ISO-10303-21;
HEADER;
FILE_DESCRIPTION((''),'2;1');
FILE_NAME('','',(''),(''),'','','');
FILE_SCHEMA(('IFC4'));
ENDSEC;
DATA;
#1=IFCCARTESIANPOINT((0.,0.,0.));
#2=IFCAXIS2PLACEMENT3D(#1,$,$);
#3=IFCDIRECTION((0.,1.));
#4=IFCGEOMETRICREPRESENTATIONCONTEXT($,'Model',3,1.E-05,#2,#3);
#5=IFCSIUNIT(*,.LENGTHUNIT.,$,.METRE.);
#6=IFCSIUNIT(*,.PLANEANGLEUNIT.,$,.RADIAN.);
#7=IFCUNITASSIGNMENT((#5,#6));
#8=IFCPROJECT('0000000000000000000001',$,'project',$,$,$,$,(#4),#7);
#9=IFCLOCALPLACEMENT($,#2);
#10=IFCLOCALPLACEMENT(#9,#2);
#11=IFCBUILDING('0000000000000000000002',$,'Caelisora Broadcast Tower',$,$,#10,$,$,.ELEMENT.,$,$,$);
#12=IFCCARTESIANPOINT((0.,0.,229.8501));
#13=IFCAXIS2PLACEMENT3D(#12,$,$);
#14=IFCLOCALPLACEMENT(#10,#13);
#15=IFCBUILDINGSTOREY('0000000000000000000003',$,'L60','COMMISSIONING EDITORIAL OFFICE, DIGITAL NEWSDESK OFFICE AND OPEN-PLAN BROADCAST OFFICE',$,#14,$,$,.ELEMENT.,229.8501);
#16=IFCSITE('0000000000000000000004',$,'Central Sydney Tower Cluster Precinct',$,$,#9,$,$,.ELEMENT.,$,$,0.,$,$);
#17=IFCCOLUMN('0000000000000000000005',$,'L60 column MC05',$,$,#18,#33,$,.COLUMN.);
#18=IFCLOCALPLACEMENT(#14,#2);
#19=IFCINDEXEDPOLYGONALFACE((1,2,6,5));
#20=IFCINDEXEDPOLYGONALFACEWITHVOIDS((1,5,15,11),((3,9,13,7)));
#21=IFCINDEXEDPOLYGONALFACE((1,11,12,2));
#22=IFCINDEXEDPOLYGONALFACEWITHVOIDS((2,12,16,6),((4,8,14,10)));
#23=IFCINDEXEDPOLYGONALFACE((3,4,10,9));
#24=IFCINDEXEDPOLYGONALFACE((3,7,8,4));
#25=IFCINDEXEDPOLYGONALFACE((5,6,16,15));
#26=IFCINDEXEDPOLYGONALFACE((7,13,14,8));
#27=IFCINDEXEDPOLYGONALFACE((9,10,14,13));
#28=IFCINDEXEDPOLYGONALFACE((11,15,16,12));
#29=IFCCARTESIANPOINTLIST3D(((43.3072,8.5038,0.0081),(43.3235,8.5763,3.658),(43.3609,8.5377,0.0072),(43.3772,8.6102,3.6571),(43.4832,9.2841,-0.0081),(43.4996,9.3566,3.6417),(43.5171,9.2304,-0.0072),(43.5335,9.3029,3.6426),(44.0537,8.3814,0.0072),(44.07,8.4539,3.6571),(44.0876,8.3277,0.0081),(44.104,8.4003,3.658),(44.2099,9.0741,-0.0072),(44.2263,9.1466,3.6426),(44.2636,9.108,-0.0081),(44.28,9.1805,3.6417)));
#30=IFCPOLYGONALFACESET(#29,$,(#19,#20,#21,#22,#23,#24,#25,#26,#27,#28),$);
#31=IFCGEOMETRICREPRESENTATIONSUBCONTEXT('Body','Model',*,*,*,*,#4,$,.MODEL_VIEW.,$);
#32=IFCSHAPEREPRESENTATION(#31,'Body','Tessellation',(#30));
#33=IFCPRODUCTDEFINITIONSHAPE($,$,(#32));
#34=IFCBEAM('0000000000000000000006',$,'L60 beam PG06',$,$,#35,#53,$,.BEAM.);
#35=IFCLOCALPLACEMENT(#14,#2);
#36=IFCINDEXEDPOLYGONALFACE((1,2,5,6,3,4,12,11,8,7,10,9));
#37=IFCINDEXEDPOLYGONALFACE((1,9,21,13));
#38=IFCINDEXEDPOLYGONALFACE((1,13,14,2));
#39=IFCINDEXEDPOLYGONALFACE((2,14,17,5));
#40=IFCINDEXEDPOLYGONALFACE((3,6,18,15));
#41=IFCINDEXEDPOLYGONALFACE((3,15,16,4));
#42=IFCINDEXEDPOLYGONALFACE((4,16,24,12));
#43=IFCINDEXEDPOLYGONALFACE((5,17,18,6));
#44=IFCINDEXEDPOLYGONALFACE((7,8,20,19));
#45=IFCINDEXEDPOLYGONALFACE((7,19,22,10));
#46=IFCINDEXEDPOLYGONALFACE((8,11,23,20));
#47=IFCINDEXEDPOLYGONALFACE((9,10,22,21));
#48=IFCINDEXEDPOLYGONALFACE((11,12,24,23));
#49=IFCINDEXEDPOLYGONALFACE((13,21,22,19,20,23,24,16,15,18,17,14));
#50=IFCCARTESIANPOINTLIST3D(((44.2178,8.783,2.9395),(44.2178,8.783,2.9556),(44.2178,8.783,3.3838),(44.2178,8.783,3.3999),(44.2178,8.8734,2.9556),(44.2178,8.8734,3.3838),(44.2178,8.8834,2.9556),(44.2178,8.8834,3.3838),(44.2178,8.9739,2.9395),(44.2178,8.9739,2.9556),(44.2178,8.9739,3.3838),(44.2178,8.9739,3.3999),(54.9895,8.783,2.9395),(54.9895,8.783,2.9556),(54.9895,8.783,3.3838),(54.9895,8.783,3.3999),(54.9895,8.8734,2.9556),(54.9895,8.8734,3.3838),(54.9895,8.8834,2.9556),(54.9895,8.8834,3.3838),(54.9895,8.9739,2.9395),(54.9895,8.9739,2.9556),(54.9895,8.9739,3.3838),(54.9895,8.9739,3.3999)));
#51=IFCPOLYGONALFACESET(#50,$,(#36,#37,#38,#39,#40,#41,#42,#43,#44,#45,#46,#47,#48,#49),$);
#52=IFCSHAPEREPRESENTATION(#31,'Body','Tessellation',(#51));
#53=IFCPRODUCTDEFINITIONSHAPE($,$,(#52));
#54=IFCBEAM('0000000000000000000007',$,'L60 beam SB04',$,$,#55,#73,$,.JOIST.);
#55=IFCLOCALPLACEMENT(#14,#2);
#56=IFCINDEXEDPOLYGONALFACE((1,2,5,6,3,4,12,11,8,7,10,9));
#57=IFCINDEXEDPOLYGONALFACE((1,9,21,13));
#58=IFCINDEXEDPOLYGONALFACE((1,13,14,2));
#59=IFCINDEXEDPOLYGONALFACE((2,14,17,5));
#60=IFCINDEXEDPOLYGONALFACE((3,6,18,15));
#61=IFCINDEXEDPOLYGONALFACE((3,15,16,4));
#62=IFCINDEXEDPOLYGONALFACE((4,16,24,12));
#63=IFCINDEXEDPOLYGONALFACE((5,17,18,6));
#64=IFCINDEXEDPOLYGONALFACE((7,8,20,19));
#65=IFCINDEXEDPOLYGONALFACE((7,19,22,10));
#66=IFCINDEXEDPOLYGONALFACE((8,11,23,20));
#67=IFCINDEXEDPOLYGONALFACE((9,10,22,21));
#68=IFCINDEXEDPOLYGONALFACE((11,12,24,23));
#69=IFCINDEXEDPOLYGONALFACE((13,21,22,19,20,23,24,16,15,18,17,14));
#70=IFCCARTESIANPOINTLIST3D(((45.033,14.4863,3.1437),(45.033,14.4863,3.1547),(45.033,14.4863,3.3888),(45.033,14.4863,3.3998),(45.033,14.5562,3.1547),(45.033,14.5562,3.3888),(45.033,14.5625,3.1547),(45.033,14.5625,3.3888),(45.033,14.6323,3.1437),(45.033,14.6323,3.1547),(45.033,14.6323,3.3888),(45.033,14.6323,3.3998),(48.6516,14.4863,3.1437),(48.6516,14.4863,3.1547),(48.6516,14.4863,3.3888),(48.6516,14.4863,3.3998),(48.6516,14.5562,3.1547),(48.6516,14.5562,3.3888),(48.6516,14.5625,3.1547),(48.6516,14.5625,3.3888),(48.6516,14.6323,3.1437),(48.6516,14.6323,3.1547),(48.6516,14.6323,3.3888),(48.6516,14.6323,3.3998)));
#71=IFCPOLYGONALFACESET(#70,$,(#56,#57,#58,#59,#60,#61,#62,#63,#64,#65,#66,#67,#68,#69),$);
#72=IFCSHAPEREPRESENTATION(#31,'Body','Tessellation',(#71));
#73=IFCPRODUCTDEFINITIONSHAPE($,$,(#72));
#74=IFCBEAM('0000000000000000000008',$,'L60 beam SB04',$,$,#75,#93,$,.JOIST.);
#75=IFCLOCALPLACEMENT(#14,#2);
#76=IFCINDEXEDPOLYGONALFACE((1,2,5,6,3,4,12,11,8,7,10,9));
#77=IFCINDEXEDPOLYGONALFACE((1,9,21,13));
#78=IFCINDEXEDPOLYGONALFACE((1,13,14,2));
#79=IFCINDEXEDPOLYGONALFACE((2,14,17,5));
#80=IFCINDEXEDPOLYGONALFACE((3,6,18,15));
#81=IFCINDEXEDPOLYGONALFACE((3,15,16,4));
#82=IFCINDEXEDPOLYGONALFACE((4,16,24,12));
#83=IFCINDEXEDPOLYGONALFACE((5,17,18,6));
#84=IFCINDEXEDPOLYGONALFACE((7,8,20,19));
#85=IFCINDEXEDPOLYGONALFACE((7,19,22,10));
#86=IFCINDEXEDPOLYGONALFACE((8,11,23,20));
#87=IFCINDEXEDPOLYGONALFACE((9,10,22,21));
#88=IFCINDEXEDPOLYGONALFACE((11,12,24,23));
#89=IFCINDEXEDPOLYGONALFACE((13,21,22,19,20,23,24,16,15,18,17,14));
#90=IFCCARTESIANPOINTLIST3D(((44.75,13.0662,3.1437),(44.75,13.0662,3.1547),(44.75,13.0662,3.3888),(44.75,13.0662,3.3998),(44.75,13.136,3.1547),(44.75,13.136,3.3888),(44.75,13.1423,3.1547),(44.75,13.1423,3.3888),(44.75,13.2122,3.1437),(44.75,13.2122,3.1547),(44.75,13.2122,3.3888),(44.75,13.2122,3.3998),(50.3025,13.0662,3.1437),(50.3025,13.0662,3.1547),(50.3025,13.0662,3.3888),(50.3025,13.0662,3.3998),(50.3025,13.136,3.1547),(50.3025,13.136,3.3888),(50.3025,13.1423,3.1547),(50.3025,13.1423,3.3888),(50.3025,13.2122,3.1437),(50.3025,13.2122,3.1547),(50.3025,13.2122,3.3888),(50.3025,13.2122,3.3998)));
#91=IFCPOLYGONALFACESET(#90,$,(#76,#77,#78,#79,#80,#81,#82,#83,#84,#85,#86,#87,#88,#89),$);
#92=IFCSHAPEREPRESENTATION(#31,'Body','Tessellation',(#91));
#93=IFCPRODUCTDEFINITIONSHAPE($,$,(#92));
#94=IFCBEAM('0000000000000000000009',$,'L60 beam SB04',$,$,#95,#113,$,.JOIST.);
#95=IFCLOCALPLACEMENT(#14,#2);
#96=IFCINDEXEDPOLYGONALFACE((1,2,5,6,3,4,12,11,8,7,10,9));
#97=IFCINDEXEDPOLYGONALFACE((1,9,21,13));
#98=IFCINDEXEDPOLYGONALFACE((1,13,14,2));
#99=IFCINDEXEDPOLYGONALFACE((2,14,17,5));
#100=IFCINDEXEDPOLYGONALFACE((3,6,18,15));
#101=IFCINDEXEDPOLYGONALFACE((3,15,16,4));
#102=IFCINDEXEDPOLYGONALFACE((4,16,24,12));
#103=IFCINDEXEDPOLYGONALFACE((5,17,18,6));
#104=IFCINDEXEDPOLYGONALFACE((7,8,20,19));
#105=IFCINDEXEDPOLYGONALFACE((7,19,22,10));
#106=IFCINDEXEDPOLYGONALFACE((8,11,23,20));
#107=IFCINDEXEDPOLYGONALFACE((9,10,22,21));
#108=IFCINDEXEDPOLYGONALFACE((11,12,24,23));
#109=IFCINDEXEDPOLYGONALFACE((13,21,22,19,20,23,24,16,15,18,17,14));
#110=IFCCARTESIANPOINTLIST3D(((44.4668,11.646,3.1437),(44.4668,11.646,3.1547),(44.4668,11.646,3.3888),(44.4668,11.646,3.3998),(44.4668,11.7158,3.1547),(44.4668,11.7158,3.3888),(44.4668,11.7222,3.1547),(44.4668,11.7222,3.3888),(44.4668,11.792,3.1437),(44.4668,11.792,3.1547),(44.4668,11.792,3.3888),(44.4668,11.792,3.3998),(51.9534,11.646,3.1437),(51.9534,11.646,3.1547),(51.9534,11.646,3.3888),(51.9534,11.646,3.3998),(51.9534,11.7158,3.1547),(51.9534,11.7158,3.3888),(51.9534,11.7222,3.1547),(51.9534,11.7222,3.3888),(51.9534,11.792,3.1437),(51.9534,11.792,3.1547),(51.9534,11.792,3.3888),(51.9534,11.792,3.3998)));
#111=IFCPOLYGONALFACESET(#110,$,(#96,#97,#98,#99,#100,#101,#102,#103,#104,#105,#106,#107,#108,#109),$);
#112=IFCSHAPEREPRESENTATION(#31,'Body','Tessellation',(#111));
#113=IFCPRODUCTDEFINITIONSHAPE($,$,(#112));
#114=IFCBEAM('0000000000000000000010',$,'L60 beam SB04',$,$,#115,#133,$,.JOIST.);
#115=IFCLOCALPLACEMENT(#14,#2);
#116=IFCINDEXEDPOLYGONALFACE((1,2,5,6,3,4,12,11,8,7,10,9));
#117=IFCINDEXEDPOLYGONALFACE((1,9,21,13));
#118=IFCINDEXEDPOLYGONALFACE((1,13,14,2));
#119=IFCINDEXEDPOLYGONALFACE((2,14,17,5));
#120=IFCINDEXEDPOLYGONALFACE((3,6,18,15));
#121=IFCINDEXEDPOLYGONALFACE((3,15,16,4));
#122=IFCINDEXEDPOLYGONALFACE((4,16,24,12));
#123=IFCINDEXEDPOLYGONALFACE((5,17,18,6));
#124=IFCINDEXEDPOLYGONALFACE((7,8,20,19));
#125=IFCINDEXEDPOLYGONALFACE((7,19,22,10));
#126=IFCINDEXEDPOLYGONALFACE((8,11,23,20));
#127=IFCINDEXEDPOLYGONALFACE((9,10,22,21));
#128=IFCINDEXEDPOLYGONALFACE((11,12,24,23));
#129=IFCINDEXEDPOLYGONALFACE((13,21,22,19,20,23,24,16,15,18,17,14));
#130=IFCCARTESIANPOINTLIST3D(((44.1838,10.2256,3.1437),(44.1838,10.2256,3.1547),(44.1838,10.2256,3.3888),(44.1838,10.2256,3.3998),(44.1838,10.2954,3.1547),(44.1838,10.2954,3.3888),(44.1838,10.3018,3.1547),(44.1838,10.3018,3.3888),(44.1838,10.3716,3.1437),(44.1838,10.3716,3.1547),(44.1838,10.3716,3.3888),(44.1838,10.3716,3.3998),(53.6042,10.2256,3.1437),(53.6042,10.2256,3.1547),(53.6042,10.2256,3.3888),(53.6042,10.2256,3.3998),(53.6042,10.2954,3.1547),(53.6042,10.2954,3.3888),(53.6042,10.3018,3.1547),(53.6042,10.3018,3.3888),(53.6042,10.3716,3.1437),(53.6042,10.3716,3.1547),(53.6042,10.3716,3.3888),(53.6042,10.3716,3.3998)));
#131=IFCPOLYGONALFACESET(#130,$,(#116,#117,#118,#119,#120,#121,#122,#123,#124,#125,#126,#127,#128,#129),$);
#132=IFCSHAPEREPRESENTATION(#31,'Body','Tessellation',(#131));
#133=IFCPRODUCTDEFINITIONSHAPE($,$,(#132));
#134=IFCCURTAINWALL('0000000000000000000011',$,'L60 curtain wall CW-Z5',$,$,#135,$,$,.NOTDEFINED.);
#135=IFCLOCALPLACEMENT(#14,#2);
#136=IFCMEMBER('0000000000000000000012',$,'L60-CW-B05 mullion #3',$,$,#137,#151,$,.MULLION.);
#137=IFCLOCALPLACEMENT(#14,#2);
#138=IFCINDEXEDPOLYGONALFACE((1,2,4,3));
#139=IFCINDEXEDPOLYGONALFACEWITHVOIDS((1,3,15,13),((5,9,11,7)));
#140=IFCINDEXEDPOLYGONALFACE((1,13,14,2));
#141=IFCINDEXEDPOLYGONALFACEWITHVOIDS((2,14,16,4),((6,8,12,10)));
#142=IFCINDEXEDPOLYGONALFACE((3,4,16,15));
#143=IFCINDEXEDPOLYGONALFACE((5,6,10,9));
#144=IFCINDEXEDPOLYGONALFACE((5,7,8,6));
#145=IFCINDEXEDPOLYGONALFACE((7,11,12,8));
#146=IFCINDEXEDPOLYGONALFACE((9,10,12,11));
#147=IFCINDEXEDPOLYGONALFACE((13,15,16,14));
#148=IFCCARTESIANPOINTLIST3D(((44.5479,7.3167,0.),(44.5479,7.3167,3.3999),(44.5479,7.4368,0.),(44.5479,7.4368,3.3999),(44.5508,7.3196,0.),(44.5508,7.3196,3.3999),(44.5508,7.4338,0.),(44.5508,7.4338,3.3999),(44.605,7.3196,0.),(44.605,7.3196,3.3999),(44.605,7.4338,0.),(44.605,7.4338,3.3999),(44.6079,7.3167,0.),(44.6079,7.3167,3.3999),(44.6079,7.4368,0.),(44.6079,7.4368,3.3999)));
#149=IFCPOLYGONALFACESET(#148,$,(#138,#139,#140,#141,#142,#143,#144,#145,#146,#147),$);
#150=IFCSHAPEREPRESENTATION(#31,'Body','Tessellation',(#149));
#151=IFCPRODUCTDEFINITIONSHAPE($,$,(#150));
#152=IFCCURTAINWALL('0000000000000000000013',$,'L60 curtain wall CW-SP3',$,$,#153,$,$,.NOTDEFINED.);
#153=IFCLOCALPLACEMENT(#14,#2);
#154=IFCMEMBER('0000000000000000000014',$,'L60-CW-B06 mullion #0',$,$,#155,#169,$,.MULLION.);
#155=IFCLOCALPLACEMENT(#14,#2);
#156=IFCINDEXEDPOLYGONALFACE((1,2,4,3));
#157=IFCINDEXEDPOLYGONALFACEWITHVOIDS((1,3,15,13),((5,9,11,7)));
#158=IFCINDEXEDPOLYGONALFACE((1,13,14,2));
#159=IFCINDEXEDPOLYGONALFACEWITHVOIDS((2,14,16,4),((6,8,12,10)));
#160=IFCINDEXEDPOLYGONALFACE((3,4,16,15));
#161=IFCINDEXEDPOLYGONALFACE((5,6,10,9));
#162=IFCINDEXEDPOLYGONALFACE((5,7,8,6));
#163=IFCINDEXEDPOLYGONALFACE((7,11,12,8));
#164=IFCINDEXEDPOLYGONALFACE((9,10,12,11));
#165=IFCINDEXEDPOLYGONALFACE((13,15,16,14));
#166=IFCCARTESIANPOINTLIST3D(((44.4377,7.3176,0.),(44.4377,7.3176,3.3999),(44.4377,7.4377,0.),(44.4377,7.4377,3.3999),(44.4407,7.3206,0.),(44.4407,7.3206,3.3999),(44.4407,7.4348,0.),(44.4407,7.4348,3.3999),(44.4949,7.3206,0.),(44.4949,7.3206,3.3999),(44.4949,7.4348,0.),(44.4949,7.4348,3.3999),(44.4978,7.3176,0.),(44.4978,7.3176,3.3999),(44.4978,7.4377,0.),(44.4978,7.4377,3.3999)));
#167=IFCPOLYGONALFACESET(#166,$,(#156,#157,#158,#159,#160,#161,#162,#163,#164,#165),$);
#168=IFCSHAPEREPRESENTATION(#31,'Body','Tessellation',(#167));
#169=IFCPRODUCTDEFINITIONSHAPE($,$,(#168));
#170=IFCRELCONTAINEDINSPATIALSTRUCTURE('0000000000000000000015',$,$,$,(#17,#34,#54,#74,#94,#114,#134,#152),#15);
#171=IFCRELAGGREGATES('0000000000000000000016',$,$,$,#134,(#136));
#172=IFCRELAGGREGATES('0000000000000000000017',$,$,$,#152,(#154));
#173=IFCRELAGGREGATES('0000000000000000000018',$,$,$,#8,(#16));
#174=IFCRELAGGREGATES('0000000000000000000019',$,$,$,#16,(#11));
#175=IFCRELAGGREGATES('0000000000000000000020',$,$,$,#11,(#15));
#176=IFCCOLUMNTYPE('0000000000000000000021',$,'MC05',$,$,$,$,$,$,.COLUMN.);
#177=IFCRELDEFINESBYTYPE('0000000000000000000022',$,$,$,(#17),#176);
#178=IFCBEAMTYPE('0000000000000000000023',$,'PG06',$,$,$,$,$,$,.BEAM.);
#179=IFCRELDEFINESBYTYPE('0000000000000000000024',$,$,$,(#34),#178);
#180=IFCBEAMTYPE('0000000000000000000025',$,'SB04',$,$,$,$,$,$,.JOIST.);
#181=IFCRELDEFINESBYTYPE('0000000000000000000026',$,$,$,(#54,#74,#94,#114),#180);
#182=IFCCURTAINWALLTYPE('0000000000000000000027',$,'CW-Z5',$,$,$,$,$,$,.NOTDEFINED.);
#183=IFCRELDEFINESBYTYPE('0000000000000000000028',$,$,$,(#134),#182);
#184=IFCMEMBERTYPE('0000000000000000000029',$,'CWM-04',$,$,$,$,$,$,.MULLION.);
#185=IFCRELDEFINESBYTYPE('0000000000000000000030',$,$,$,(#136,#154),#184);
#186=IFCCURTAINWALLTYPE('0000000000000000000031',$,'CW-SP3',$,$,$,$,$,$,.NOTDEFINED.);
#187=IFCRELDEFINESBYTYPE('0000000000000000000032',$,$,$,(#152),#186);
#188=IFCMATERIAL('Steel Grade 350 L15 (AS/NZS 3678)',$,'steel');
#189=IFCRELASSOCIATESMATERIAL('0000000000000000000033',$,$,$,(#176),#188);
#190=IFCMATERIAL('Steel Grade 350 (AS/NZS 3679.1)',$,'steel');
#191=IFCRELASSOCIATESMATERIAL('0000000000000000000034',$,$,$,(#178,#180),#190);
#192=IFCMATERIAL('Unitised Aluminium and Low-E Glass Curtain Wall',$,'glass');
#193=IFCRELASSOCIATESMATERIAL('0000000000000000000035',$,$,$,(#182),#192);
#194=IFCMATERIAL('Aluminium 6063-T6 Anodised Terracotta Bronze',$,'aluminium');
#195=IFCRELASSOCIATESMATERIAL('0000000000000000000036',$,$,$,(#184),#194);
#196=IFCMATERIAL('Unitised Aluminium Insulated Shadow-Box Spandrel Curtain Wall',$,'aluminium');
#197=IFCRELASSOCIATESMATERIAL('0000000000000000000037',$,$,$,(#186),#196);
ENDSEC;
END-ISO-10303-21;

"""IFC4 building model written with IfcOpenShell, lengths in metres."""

from ifc_helpers import new_model, si_unit, direction, frame, origin, origin_2d, place, context, subcontext, project, spatial, hollow_rectangle, i_section, extrude, source, transform, mapped, material, material_profile, profile_set, type_object, type_shapes, element, aggregate, save


model = new_model("IFC4")

# Units and contexts
model_context = context("Model", 3, precision=1e-05, world=origin(), true_north=direction((0.0, 1.0)))
body_context = subcontext(model_context, "Body", "Model", "MODEL_VIEW")
ifc_project = project(units=[si_unit("LENGTHUNIT", "METRE"), si_unit("PLANEANGLEUNIT", "RADIAN")], contexts=[model_context])

# Site, building, storey
site_placement = place(None, origin())
site = spatial("IfcSite", under=ifc_project, at=site_placement, Name="Central Sydney Tower Cluster Precinct", CompositionType="ELEMENT", RefElevation=0.0)
building_placement = place(site_placement, origin())
building = spatial("IfcBuilding", under=site, at=building_placement, Name="Caelisora Broadcast Tower", CompositionType="ELEMENT")
storey_placement = place(building_placement, frame((0.0, 0.0, 229.8501)))
storey = spatial("IfcBuildingStorey", under=building, at=storey_placement, Name="L60", Description="COMMISSIONING EDITORIAL OFFICE, DIGITAL NEWSDESK OFFICE AND OPEN-PLAN BROADCAST OFFICE", CompositionType="ELEMENT", Elevation=229.8501)

# Column
ifc_material_1 = material(Name="Steel Grade 350 L15 (AS/NZS 3678)", Category="steel")
ifc_material_profile_1 = material_profile(ifc_material_1, hollow_rectangle(XDim=0.8, YDim=0.8, WallThickness=0.0449, at=origin_2d()), Name="Steel Grade 350 L15 (AS/NZS 3678)")
ifc_profile_set_1 = profile_set([ifc_material_profile_1], Name="Steel Grade 350 L15 (AS/NZS 3678)")
column_type = type_object("IfcColumnType", Name="MC05", PredefinedType="COLUMN", material=ifc_profile_set_1)
shared_shape_1 = source(origin(), body_context, "Body", "SweptSolid", [
    extrude(hollow_rectangle(XDim=0.8, YDim=0.8, WallThickness=0.0449, at=origin_2d()), origin(), (0.0, 0.0, 1.0), 3.6506),
])
type_shapes(column_type, [shared_shape_1])
column_placement = place(storey_placement, frame((43.7854, 8.8059, 0.0), z_axis=(0.004481, 0.019862, 0.999793), x_axis=(-0.975487, 0.220059, 0.0)))
element("IfcColumn", 1, at=column_placement, inside=storey, type_object=column_type, Name="L60 column MC05", PredefinedType="COLUMN", context=body_context, shape_type="MappedRepresentation", body=[
    mapped(shared_shape_1, transform((0.0, 0.0, 0.0), scale=1.0)),
])

# Beams
ifc_material_2 = material(Name="Steel Grade 350 (AS/NZS 3679.1)", Category="steel")
ifc_material_profile_2 = material_profile(ifc_material_2, i_section(OverallWidth=0.1909, OverallDepth=0.4604, WebThickness=0.01, FlangeThickness=0.0161, at=origin_2d()), Name="Steel Grade 350 (AS/NZS 3679.1)")
ifc_profile_set_2 = profile_set([ifc_material_profile_2], Name="Steel Grade 350 (AS/NZS 3679.1)")
beam_type_1 = type_object("IfcBeamType", Name="PG06", PredefinedType="BEAM", material=ifc_profile_set_2)
shared_shape_2 = source(origin(), body_context, "Body", "SweptSolid", [
    extrude(i_section(OverallWidth=0.1909, OverallDepth=0.4604, WebThickness=0.01, FlangeThickness=0.0161, at=origin_2d()), origin(), (0.0, 0.0, 1.0), 10.7717),
])
type_shapes(beam_type_1, [shared_shape_2])
beam_1_placement = place(storey_placement, frame((44.2178, 8.8784, 3.1697), z_axis=(1.0, 0.0, 0.0), x_axis=(0.0, 1.0, 0.0)))
element("IfcBeam", 2, at=beam_1_placement, inside=storey, type_object=beam_type_1, Name="L60 beam PG06", PredefinedType="BEAM", context=body_context, shape_type="MappedRepresentation", body=[
    mapped(shared_shape_2, transform((0.0, 0.0, 0.0), scale=1.0)),
])
ifc_material_profile_3 = material_profile(ifc_material_2, i_section(OverallWidth=0.146, OverallDepth=0.2561, WebThickness=0.0063, FlangeThickness=0.011, at=origin_2d()), Name="Steel Grade 350 (AS/NZS 3679.1)")
ifc_profile_set_3 = profile_set([ifc_material_profile_3], Name="Steel Grade 350 (AS/NZS 3679.1)")
beam_type_2 = type_object("IfcBeamType", Name="SB04", PredefinedType="JOIST", material=ifc_profile_set_3)
shared_shape_3 = source(origin(), body_context, "Body", "SweptSolid", [
    extrude(i_section(OverallWidth=0.146, OverallDepth=0.2561, WebThickness=0.0063, FlangeThickness=0.011, at=origin_2d()), origin(), (0.0, 0.0, 1.0), 3.6187),
])
beam_2_placement = place(storey_placement, frame((45.033, 14.5593, 3.2717), z_axis=(1.0, 0.0, 0.0), x_axis=(0.0, 1.0, 0.0)))
element("IfcBeam", 3, at=beam_2_placement, inside=storey, type_object=beam_type_2, Name="L60 beam SB04", PredefinedType="JOIST", context=body_context, shape_type="MappedRepresentation", body=[
    mapped(shared_shape_3, transform((0.0, 0.0, 0.0), scale=1.0)),
])
shared_shape_4 = source(origin(), body_context, "Body", "SweptSolid", [
    extrude(i_section(OverallWidth=0.146, OverallDepth=0.2561, WebThickness=0.0063, FlangeThickness=0.011, at=origin_2d()), origin(), (0.0, 0.0, 1.0), 5.5525),
])
beam_3_placement = place(storey_placement, frame((44.75, 13.1392, 3.2717), z_axis=(1.0, 0.0, 0.0), x_axis=(0.0, 1.0, 0.0)))
element("IfcBeam", 4, at=beam_3_placement, inside=storey, type_object=beam_type_2, Name="L60 beam SB04", PredefinedType="JOIST", context=body_context, shape_type="MappedRepresentation", body=[
    mapped(shared_shape_4, transform((0.0, 0.0, 0.0), scale=1.0)),
])
shared_shape_5 = source(origin(), body_context, "Body", "SweptSolid", [
    extrude(i_section(OverallWidth=0.146, OverallDepth=0.2561, WebThickness=0.0063, FlangeThickness=0.011, at=origin_2d()), origin(), (0.0, 0.0, 1.0), 7.4866),
])
beam_4_placement = place(storey_placement, frame((44.4668, 11.719, 3.2717), z_axis=(1.0, 0.0, 0.0), x_axis=(0.0, 1.0, 0.0)))
element("IfcBeam", 5, at=beam_4_placement, inside=storey, type_object=beam_type_2, Name="L60 beam SB04", PredefinedType="JOIST", context=body_context, shape_type="MappedRepresentation", body=[
    mapped(shared_shape_5, transform((0.0, 0.0, 0.0), scale=1.0)),
])
shared_shape_6 = source(origin(), body_context, "Body", "SweptSolid", [
    extrude(i_section(OverallWidth=0.146, OverallDepth=0.2561, WebThickness=0.0063, FlangeThickness=0.011, at=origin_2d()), origin(), (0.0, 0.0, 1.0), 9.4204),
])
type_shapes(beam_type_2, [shared_shape_3, shared_shape_4, shared_shape_5, shared_shape_6])
beam_5_placement = place(storey_placement, frame((44.1838, 10.2986, 3.2717), z_axis=(1.0, 0.0, 0.0), x_axis=(0.0, 1.0, 0.0)))
element("IfcBeam", 6, at=beam_5_placement, inside=storey, type_object=beam_type_2, Name="L60 beam SB04", PredefinedType="JOIST", context=body_context, shape_type="MappedRepresentation", body=[
    mapped(shared_shape_6, transform((0.0, 0.0, 0.0), scale=1.0)),
])

# Curtain wall, member
ifc_material_3 = material(Name="Unitised Aluminium and Low-E Glass Curtain Wall", Category="glass")
curtain_wall_type_1 = type_object("IfcCurtainWallType", Name="CW-Z5", PredefinedType="NOTDEFINED", material=ifc_material_3)
curtain_wall_1_placement = place(storey_placement, origin())
curtain_wall_1 = element("IfcCurtainWall", 7, at=curtain_wall_1_placement, inside=storey, type_object=curtain_wall_type_1, Name="L60 curtain wall CW-Z5", PredefinedType="NOTDEFINED")
ifc_material_4 = material(Name="Aluminium 6063-T6 Anodised Terracotta Bronze", Category="aluminium")
ifc_material_profile_4 = material_profile(ifc_material_4, hollow_rectangle(XDim=0.0601, YDim=0.1201, WallThickness=0.0029, at=origin_2d()), Name="Aluminium 6063-T6 Anodised Terracotta Bronze")
ifc_profile_set_4 = profile_set([ifc_material_profile_4], Name="Aluminium 6063-T6 Anodised Terracotta Bronze")
member_type_1 = type_object("IfcMemberType", Name="CWM-04", PredefinedType="MULLION", material=ifc_profile_set_4)
shared_shape_7 = source(origin(), body_context, "Body", "SweptSolid", [
    extrude(hollow_rectangle(XDim=0.0601, YDim=0.1201, WallThickness=0.0029, at=origin_2d()), origin(), (0.0, 0.0, 1.0), 3.3999),
])
type_shapes(member_type_1, [shared_shape_7])
member_1_placement = place(storey_placement, frame((44.5779, 7.3767, 0.0), z_axis=(0.0, 0.0, 1.0), x_axis=(1.0, 0.0, 0.0)))
member_1 = element("IfcMember", 8, at=member_1_placement, type_object=member_type_1, Name="L60-CW-B05 mullion #3", PredefinedType="MULLION", context=body_context, shape_type="MappedRepresentation", body=[
    mapped(shared_shape_7, transform((0.0, 0.0, 0.0), scale=1.0)),
])
aggregate(curtain_wall_1, [member_1])

# Curtain wall, member
ifc_material_5 = material(Name="Unitised Aluminium Insulated Shadow-Box Spandrel Curtain Wall", Category="aluminium")
curtain_wall_type_2 = type_object("IfcCurtainWallType", Name="CW-SP3", PredefinedType="NOTDEFINED", material=ifc_material_5)
curtain_wall_2_placement = place(storey_placement, origin())
curtain_wall_2 = element("IfcCurtainWall", 9, at=curtain_wall_2_placement, inside=storey, type_object=curtain_wall_type_2, Name="L60 curtain wall CW-SP3", PredefinedType="NOTDEFINED")
member_2_placement = place(storey_placement, frame((44.4678, 7.3777, 0.0), z_axis=(0.0, 0.0, 1.0), x_axis=(1.0, 0.0, 0.0)))
member_2 = element("IfcMember", 10, at=member_2_placement, type_object=member_type_1, Name="L60-CW-B06 mullion #0", PredefinedType="MULLION", context=body_context, shape_type="MappedRepresentation", body=[
    mapped(shared_shape_7, transform((0.0, 0.0, 0.0), scale=1.0)),
])

aggregate(curtain_wall_2, [member_2])

save(model, "model.ifc")
